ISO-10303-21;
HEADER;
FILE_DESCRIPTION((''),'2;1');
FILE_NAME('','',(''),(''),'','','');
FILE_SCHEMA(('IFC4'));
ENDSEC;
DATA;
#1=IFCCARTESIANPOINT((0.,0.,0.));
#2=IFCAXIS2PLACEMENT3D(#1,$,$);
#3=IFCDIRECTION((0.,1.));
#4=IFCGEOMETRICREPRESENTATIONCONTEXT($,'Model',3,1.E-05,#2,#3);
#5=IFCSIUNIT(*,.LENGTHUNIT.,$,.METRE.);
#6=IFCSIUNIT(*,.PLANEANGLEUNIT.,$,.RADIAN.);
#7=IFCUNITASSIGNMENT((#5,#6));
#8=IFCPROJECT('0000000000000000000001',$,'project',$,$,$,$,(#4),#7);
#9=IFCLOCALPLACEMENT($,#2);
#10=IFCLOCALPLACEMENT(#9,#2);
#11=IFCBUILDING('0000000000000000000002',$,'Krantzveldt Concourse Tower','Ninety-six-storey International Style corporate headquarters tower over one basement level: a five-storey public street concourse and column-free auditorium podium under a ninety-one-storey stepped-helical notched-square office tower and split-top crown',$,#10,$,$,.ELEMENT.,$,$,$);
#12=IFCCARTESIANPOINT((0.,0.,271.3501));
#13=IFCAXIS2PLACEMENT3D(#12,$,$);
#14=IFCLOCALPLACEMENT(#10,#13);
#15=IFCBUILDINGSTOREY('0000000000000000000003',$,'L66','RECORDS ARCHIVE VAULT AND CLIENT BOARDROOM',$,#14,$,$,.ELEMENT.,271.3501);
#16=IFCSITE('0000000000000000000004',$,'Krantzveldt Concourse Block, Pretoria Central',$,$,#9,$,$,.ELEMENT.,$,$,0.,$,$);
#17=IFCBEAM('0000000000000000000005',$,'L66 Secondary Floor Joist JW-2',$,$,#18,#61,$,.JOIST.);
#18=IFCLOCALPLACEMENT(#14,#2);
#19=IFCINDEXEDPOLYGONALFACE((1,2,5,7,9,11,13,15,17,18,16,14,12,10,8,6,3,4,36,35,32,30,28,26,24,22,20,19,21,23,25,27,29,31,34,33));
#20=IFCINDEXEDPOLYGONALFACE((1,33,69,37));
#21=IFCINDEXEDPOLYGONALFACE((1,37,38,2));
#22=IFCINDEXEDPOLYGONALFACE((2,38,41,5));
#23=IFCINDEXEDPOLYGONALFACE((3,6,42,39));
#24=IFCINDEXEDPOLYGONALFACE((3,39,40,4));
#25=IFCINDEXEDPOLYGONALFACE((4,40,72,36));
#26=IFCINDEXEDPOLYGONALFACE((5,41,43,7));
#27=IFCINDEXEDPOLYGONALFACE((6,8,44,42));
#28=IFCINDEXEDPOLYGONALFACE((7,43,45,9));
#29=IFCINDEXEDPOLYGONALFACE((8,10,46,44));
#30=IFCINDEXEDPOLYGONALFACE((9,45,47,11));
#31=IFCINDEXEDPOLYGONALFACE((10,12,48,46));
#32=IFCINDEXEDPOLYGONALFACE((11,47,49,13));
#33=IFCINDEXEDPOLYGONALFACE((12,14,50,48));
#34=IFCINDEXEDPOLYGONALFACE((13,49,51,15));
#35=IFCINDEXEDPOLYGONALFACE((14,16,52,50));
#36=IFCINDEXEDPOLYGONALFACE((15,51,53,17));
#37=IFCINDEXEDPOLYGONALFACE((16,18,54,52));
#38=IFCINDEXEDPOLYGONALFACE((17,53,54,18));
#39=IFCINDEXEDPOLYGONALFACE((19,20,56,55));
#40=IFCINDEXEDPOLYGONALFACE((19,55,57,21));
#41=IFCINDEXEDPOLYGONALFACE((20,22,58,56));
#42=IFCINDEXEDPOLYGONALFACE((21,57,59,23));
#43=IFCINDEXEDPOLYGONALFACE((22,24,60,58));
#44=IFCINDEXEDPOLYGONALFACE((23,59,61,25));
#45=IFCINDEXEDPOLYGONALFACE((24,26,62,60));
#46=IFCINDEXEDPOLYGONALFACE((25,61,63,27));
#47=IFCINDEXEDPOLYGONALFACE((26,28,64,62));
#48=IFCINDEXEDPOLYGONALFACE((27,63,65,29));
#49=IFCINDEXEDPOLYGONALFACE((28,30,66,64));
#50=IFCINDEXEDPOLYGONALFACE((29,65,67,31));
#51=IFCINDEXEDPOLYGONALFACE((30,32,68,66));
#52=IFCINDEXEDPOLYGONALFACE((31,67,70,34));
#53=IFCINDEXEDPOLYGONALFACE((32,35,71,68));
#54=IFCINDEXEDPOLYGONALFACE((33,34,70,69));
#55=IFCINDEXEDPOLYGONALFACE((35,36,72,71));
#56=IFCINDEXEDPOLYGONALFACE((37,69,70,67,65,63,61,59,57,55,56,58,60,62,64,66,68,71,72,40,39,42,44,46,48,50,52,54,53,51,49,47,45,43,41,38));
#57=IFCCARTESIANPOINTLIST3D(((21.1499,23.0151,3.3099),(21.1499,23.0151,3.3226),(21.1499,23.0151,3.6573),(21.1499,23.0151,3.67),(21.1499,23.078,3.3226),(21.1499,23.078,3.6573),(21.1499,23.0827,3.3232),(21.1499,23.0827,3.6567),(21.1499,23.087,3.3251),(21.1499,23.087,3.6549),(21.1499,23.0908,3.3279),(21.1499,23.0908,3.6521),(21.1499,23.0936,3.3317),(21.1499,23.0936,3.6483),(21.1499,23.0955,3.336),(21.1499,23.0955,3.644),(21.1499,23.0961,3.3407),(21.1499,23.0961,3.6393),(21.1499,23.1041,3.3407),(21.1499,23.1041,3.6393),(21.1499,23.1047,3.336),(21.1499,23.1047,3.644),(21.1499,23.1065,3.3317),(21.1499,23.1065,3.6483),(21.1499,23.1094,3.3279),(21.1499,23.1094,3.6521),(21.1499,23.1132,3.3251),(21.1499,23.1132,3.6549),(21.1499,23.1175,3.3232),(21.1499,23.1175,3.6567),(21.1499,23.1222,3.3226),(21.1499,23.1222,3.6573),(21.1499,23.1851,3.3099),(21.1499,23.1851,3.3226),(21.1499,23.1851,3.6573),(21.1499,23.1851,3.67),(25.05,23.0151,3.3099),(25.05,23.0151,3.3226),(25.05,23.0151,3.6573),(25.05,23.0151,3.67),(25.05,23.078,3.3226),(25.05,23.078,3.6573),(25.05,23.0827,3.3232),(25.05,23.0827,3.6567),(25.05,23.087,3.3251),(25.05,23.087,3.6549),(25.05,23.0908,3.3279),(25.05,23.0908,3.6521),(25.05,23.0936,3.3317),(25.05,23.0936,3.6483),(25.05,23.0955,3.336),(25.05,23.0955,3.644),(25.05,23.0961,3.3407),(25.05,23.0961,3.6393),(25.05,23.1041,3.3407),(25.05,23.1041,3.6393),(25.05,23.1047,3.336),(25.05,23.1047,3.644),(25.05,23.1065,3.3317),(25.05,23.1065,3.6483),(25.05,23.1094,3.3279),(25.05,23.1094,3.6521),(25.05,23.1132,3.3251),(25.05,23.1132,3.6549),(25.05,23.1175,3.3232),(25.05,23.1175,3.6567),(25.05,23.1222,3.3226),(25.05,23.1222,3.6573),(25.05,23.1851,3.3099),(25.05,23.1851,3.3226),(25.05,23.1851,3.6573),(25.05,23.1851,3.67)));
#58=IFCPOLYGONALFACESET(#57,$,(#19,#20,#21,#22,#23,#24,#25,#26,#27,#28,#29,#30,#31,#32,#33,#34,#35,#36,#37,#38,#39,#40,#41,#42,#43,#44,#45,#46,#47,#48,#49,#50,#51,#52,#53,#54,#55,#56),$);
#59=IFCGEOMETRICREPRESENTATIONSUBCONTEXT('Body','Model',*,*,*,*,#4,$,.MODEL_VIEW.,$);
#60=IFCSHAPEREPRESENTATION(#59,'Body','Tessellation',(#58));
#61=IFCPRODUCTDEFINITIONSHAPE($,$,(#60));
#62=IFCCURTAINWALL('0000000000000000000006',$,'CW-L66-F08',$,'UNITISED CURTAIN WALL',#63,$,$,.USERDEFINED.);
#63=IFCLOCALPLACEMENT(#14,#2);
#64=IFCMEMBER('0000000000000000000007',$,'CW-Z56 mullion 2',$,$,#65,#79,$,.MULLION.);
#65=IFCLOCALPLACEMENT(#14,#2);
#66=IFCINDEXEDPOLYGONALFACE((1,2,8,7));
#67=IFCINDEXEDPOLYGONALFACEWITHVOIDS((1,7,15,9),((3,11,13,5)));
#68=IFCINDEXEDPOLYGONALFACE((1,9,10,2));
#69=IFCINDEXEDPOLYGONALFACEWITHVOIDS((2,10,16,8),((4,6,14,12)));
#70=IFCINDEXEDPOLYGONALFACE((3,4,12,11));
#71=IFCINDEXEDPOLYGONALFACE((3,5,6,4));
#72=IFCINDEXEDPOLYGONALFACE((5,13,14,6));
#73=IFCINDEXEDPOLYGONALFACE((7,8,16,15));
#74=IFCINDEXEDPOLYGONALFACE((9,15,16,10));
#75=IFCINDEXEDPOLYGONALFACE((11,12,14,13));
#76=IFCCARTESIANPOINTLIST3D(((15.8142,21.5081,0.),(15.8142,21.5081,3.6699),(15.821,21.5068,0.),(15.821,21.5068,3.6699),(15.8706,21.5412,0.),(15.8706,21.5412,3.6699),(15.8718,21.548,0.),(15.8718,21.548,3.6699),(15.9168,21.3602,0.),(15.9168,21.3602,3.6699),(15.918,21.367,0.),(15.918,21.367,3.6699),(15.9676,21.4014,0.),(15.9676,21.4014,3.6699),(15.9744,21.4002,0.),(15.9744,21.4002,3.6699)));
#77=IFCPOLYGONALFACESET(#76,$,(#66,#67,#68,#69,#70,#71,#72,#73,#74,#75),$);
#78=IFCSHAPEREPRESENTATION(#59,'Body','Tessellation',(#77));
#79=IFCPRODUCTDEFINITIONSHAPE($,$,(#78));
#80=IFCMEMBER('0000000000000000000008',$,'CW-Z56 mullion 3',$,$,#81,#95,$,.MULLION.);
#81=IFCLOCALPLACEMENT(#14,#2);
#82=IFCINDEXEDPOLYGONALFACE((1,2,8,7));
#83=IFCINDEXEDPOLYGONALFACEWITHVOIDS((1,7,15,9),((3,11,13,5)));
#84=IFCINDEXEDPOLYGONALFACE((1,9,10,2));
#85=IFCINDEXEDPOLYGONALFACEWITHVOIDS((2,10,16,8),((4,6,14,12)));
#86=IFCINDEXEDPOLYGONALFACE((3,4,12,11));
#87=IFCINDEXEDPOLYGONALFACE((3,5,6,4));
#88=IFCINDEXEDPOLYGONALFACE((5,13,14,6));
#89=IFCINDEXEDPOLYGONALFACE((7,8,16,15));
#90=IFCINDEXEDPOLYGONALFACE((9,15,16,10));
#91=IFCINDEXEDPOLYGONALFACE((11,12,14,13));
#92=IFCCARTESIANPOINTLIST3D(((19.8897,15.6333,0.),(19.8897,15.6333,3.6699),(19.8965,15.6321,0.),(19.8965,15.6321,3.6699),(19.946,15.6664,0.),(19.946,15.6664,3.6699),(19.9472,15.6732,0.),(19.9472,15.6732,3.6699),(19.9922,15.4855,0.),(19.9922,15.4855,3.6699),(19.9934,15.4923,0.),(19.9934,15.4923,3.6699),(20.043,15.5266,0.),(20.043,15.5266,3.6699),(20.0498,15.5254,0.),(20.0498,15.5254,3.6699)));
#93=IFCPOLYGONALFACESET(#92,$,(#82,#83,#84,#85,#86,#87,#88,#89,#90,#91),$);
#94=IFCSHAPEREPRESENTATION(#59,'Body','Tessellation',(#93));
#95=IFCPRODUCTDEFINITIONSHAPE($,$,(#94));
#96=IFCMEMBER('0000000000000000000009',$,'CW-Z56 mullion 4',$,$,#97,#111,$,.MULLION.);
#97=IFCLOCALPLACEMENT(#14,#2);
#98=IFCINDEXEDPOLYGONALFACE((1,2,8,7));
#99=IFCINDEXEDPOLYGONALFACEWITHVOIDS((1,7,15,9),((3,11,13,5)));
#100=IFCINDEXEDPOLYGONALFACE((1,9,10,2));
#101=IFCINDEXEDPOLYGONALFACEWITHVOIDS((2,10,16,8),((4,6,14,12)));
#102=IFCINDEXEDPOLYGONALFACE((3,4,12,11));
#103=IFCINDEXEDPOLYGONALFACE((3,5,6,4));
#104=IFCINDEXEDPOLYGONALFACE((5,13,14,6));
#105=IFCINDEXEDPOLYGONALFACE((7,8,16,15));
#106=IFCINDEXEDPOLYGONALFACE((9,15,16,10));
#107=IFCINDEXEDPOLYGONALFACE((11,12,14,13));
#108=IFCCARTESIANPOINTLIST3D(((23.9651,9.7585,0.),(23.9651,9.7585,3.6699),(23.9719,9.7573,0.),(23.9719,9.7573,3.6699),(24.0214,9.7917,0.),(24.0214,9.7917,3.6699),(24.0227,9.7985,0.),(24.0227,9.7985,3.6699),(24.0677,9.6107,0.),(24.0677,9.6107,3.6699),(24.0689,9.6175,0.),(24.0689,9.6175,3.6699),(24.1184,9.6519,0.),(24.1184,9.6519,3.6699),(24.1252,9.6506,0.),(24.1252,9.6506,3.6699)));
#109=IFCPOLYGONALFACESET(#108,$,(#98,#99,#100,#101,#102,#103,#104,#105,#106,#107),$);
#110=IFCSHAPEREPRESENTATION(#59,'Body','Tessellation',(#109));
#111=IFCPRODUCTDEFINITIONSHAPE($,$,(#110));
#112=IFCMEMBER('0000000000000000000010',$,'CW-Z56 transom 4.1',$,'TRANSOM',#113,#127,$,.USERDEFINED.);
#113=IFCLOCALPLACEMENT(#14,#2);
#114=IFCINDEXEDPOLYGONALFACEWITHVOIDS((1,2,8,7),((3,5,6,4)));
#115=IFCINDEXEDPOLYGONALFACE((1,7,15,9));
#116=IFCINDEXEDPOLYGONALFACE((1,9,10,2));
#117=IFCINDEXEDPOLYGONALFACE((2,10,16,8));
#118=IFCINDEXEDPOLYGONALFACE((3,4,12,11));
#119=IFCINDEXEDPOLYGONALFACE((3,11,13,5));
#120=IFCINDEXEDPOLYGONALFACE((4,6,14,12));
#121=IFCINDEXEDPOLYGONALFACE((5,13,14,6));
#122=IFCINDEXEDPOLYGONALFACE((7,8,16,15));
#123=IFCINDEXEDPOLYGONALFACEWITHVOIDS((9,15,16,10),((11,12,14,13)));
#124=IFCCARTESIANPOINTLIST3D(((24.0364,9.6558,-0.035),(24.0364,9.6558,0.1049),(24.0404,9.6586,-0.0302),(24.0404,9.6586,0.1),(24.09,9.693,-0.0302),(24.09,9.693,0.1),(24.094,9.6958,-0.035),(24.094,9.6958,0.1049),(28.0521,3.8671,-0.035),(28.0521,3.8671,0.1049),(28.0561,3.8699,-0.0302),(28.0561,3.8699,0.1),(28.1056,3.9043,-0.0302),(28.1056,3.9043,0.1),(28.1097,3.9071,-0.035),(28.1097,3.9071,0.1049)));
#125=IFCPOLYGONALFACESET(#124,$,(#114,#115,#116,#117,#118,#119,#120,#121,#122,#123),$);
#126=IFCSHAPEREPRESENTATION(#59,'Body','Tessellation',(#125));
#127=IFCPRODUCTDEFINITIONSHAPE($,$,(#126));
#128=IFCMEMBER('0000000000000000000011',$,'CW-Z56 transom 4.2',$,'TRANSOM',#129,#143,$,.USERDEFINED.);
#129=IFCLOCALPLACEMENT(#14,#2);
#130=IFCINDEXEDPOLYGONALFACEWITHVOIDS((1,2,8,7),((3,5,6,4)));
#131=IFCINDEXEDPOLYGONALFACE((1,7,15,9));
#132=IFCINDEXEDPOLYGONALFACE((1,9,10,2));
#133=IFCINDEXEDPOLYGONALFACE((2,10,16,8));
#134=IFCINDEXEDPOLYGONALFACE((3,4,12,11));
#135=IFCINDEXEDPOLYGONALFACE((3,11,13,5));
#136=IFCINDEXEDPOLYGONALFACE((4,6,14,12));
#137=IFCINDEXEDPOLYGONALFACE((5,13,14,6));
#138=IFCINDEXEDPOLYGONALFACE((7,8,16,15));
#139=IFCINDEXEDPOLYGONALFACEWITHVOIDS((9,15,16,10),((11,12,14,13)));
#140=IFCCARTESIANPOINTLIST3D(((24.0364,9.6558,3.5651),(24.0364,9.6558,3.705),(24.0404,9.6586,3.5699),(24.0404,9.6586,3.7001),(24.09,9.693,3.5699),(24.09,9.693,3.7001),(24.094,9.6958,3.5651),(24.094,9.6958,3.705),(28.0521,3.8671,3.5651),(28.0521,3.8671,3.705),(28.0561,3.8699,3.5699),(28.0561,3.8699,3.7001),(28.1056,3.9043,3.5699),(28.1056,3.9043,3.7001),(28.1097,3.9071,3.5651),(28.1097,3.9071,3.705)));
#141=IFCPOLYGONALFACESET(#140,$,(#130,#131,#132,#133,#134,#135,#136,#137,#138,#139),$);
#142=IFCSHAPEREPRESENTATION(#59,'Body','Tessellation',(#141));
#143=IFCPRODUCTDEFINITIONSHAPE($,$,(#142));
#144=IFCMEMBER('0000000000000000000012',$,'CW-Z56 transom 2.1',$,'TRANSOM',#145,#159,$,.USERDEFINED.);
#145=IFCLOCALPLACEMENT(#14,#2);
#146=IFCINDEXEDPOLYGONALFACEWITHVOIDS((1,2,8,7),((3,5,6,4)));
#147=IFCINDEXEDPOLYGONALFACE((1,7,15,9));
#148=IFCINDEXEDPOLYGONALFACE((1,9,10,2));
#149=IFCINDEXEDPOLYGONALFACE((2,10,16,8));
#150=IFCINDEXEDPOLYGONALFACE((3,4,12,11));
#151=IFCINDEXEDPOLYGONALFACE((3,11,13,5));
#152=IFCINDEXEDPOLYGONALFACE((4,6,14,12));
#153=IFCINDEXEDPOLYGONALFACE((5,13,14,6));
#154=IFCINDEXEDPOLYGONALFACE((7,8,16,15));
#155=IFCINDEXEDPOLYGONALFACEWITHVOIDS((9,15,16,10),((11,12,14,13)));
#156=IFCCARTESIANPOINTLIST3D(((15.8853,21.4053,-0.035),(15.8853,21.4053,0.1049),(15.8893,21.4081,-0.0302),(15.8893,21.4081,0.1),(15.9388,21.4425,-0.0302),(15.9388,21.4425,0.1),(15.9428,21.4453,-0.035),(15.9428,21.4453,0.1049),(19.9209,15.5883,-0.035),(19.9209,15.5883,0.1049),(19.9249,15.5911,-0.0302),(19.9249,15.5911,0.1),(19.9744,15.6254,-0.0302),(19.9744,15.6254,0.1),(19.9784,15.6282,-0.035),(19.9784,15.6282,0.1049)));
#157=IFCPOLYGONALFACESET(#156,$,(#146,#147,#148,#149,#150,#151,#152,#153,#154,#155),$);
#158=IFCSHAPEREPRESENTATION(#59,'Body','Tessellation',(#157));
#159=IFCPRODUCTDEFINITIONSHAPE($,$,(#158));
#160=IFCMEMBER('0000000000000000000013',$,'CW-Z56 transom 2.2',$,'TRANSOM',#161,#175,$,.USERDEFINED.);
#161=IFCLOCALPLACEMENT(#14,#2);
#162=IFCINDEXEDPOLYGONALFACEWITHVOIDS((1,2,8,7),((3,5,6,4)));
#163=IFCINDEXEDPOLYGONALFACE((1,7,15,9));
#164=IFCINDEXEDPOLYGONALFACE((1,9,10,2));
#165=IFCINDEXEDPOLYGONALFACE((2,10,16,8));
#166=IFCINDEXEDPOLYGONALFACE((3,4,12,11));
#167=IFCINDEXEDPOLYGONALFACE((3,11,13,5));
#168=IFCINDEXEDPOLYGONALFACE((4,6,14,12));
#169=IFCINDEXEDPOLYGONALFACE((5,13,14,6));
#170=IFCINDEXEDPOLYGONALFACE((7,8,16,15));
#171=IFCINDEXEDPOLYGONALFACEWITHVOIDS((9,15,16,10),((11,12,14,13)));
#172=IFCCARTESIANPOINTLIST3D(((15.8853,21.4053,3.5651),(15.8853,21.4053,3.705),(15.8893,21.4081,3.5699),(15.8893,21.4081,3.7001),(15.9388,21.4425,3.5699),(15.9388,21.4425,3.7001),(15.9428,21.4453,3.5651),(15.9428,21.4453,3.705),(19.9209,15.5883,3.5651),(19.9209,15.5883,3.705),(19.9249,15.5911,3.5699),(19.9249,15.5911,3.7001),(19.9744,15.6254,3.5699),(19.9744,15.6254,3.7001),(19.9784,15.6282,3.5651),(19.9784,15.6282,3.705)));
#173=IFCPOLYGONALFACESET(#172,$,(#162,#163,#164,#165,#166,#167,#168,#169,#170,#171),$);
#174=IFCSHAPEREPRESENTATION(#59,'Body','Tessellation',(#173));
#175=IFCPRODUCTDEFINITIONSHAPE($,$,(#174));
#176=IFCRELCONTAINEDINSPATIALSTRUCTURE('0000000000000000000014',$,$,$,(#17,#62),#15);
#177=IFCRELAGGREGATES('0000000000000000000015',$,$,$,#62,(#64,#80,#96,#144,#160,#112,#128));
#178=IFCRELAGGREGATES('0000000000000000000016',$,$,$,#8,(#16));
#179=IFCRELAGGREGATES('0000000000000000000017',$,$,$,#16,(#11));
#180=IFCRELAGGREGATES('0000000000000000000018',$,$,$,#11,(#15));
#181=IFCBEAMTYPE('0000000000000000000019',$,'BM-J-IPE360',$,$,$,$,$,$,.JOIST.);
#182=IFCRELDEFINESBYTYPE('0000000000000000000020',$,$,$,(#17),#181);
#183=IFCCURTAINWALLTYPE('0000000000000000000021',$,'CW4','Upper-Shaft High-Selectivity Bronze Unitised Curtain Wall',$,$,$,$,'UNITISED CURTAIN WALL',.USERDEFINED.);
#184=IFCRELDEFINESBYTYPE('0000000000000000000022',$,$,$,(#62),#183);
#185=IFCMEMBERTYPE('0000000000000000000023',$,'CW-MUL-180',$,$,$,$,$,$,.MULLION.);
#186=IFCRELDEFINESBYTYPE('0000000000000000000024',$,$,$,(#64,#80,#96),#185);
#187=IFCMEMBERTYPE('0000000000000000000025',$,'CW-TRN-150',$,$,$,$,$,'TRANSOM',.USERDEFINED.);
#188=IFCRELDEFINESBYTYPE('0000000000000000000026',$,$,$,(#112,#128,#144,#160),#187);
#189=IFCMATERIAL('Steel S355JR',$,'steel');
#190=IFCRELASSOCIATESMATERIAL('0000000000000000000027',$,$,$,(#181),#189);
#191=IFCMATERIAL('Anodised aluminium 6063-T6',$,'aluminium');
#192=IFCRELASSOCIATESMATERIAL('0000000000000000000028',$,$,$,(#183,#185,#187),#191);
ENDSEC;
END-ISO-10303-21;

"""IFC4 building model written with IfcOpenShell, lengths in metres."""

from ifc_helpers import new_model, si_unit, direction, frame, origin, origin_2d, place, context, subcontext, project, spatial, hollow_rectangle, i_section, extrude, source, transform, mapped, material, material_profile, profile_set, type_object, type_shapes, element, aggregate, save


model = new_model("IFC4")

# Units and contexts
model_context = context("Model", 3, precision=1e-05, world=origin(), true_north=direction((0.0, 1.0)))
body_context = subcontext(model_context, "Body", "Model", "MODEL_VIEW")
ifc_project = project(units=[si_unit("LENGTHUNIT", "METRE"), si_unit("PLANEANGLEUNIT", "RADIAN")], contexts=[model_context])

# Site, building, storey
site_placement = place(None, origin())
site = spatial("IfcSite", under=ifc_project, at=site_placement, Name="Krantzveldt Concourse Block, Pretoria Central", CompositionType="ELEMENT", RefElevation=0.0)
building_placement = place(site_placement, origin())
building = spatial("IfcBuilding", under=site, at=building_placement, Name="Krantzveldt Concourse Tower", Description="Ninety-six-storey International Style corporate headquarters tower over one basement level: a five-storey public street concourse and column-free auditorium podium under a ninety-one-storey stepped-helical notched-square office tower and split-top crown", CompositionType="ELEMENT")
storey_placement = place(building_placement, frame((0.0, 0.0, 271.3501)))
storey = spatial("IfcBuildingStorey", under=building, at=storey_placement, Name="L66", Description="RECORDS ARCHIVE VAULT AND CLIENT BOARDROOM", CompositionType="ELEMENT", Elevation=271.3501)

# Beam
ifc_material_1 = material(Name="Steel S355JR", Category="steel")
ifc_material_profile_1 = material_profile(ifc_material_1, i_section(OverallWidth=0.1699, OverallDepth=0.3601, WebThickness=0.0081, FlangeThickness=0.0127, FilletRadius=0.0181, at=origin_2d()), Name="Steel S355JR", Category="steel")
ifc_profile_set_1 = profile_set([ifc_material_profile_1], Name="Steel S355JR - IPE 360")
beam_type_1 = type_object("IfcBeamType", Name="BM-J-IPE360", PredefinedType="JOIST", material=ifc_profile_set_1)
shared_shape_1 = source(origin(), body_context, "Body", "SweptSolid", [
    extrude(i_section(OverallWidth=0.1699, OverallDepth=0.3601, WebThickness=0.0081, FlangeThickness=0.0127, FilletRadius=0.0181, at=origin_2d()), origin(), (0.0, 0.0, 1.0), 3.9001),
])
type_shapes(beam_type_1, [shared_shape_1])
for number, where, z_axis, x_axis, name in (
    (1, (21.1499, 23.1001, 3.49), (1.0, 0.0, 0.0), (0.0, 1.0, 0.0), "L66 Secondary Floor Joist JW-2"),
):
    element("IfcBeam", number, at=place(storey_placement, frame(where, z_axis=z_axis, x_axis=x_axis)), inside=storey, type_object=beam_type_1, Name=name, PredefinedType="JOIST", context=body_context, shape_type="MappedRepresentation", body=[
        mapped(shared_shape_1, transform((0.0, 0.0, 0.0), x_axis=(1.0, 0.0, 0.0), y_axis=(0.0, 1.0, 0.0), z_axis=(0.0, 0.0, 1.0), scale=1.0)),
    ])

# Curtain wall, members
ifc_material_2 = material(Name="Anodised aluminium 6063-T6", Category="aluminium")
curtain_wall_type = type_object("IfcCurtainWallType", Name="CW4", Description="Upper-Shaft High-Selectivity Bronze Unitised Curtain Wall", ElementType="UNITISED CURTAIN WALL", PredefinedType="USERDEFINED", material=ifc_material_2)
curtain_wall_placement = place(storey_placement, origin())
curtain_wall = element("IfcCurtainWall", 2, at=curtain_wall_placement, inside=storey, type_object=curtain_wall_type, Name="CW-L66-F08", ObjectType="UNITISED CURTAIN WALL", PredefinedType="USERDEFINED")
ifc_material_profile_2 = material_profile(ifc_material_2, hollow_rectangle(XDim=0.0701, YDim=0.1799, WallThickness=0.0049, at=origin_2d()), Name="Anodised aluminium 6063-T6", Category="aluminium")
ifc_profile_set_2 = profile_set([ifc_material_profile_2], Name="Anodised aluminium 6063-T6 - ALU-MULL 180x70x5")
member_type_1 = type_object("IfcMemberType", Name="CW-MUL-180", PredefinedType="MULLION", material=ifc_profile_set_2)
shared_shape_2 = source(origin(), body_context, "Body", "SweptSolid", [
    extrude(hollow_rectangle(XDim=0.0701, YDim=0.1799, WallThickness=0.0049, at=origin_2d()), origin(), (0.0, 0.0, 1.0), 3.6699),
])
type_shapes(member_type_1, [shared_shape_2])
member_1_placement = place(storey_placement, frame((15.8943, 21.4541, 0.0), z_axis=(0.0, 0.0, 1.0), x_axis=(0.821647, 0.569997, 0.0)))
member_1 = element("IfcMember", 3, at=member_1_placement, type_object=member_type_1, Name="CW-Z56 mullion 2", PredefinedType="MULLION", context=body_context, shape_type="MappedRepresentation", body=[
    mapped(shared_shape_2, transform((0.0, 0.0, 0.0), x_axis=(1.0, 0.0, 0.0), y_axis=(0.0, 1.0, 0.0), z_axis=(0.0, 0.0, 1.0), scale=1.0)),
])
member_2_placement = place(storey_placement, frame((19.9697, 15.5793, 0.0), z_axis=(0.0, 0.0, 1.0), x_axis=(0.821647, 0.569997, 0.0)))
member_2 = element("IfcMember", 4, at=member_2_placement, type_object=member_type_1, Name="CW-Z56 mullion 3", PredefinedType="MULLION", context=body_context, shape_type="MappedRepresentation", body=[
    mapped(shared_shape_2, transform((0.0, 0.0, 0.0), x_axis=(1.0, 0.0, 0.0), y_axis=(0.0, 1.0, 0.0), z_axis=(0.0, 0.0, 1.0), scale=1.0)),
])
member_3_placement = place(storey_placement, frame((24.0452, 9.7046, 0.0), z_axis=(0.0, 0.0, 1.0), x_axis=(0.821647, 0.569997, 0.0)))
member_3 = element("IfcMember", 5, at=member_3_placement, type_object=member_type_1, Name="CW-Z56 mullion 4", PredefinedType="MULLION", context=body_context, shape_type="MappedRepresentation", body=[
    mapped(shared_shape_2, transform((0.0, 0.0, 0.0), x_axis=(1.0, 0.0, 0.0), y_axis=(0.0, 1.0, 0.0), z_axis=(0.0, 0.0, 1.0), scale=1.0)),
])
ifc_material_profile_3 = material_profile(ifc_material_2, hollow_rectangle(XDim=0.0701, YDim=0.1399, WallThickness=0.0049, at=origin_2d()), Name="Anodised aluminium 6063-T6", Category="aluminium")
ifc_profile_set_3 = profile_set([ifc_material_profile_3], Name="Anodised aluminium 6063-T6 - ALU-TRAN 140x70x5")
member_type_2 = type_object("IfcMemberType", Name="CW-TRN-150", ElementType="TRANSOM", PredefinedType="USERDEFINED", material=ifc_profile_set_3)
shared_shape_3 = source(origin(), body_context, "Body", "SweptSolid", [
    extrude(hollow_rectangle(XDim=0.0701, YDim=0.1399, WallThickness=0.0049, at=origin_2d()), origin(), (0.0, 0.0, 1.0), 7.0452),
])
member_4_placement = place(storey_placement, frame((24.0652, 9.6758, 0.0349), z_axis=(0.569992, -0.82165, 0.0), x_axis=(0.82165, 0.569992, 0.0)))
member_4 = element("IfcMember", 6, at=member_4_placement, type_object=member_type_2, Name="CW-Z56 transom 4.1", ObjectType="TRANSOM", PredefinedType="USERDEFINED", context=body_context, shape_type="MappedRepresentation", body=[
    mapped(shared_shape_3, transform((0.0, 0.0, 0.0), x_axis=(1.0, 0.0, 0.0), y_axis=(0.0, 1.0, 0.0), z_axis=(0.0, 0.0, 1.0), scale=1.0)),
])
member_5_placement = place(storey_placement, frame((24.0652, 9.6758, 3.635), z_axis=(0.569992, -0.82165, 0.0), x_axis=(0.82165, 0.569992, 0.0)))
member_5 = element("IfcMember", 7, at=member_5_placement, type_object=member_type_2, Name="CW-Z56 transom 4.2", ObjectType="TRANSOM", PredefinedType="USERDEFINED", context=body_context, shape_type="MappedRepresentation", body=[
    mapped(shared_shape_3, transform((0.0, 0.0, 0.0), x_axis=(1.0, 0.0, 0.0), y_axis=(0.0, 1.0, 0.0), z_axis=(0.0, 0.0, 1.0), scale=1.0)),
])
shared_shape_4 = source(origin(), body_context, "Body", "SweptSolid", [
    extrude(hollow_rectangle(XDim=0.0701, YDim=0.1399, WallThickness=0.0049, at=origin_2d()), origin(), (0.0, 0.0, 1.0), 7.0798),
])
type_shapes(member_type_2, [shared_shape_3, shared_shape_4])
member_6_placement = place(storey_placement, frame((15.9141, 21.4253, 0.0349), z_axis=(0.570011, -0.821637, 0.0), x_axis=(0.821637, 0.570011, 0.0)))
member_6 = element("IfcMember", 8, at=member_6_placement, type_object=member_type_2, Name="CW-Z56 transom 2.1", ObjectType="TRANSOM", PredefinedType="USERDEFINED", context=body_context, shape_type="MappedRepresentation", body=[
    mapped(shared_shape_4, transform((0.0, 0.0, 0.0), x_axis=(1.0, 0.0, 0.0), y_axis=(0.0, 1.0, 0.0), z_axis=(0.0, 0.0, 1.0), scale=1.0)),
])
member_7_placement = place(storey_placement, frame((15.9141, 21.4253, 3.635), z_axis=(0.570011, -0.821637, 0.0), x_axis=(0.821637, 0.570011, 0.0)))
member_7 = element("IfcMember", 9, at=member_7_placement, type_object=member_type_2, Name="CW-Z56 transom 2.2", ObjectType="TRANSOM", PredefinedType="USERDEFINED", context=body_context, shape_type="MappedRepresentation", body=[
    mapped(shared_shape_4, transform((0.0, 0.0, 0.0), x_axis=(1.0, 0.0, 0.0), y_axis=(0.0, 1.0, 0.0), z_axis=(0.0, 0.0, 1.0), scale=1.0)),
])

aggregate(curtain_wall, [member_1, member_2, member_3, member_6, member_7, member_4, member_5])

save(model, "model.ifc")
